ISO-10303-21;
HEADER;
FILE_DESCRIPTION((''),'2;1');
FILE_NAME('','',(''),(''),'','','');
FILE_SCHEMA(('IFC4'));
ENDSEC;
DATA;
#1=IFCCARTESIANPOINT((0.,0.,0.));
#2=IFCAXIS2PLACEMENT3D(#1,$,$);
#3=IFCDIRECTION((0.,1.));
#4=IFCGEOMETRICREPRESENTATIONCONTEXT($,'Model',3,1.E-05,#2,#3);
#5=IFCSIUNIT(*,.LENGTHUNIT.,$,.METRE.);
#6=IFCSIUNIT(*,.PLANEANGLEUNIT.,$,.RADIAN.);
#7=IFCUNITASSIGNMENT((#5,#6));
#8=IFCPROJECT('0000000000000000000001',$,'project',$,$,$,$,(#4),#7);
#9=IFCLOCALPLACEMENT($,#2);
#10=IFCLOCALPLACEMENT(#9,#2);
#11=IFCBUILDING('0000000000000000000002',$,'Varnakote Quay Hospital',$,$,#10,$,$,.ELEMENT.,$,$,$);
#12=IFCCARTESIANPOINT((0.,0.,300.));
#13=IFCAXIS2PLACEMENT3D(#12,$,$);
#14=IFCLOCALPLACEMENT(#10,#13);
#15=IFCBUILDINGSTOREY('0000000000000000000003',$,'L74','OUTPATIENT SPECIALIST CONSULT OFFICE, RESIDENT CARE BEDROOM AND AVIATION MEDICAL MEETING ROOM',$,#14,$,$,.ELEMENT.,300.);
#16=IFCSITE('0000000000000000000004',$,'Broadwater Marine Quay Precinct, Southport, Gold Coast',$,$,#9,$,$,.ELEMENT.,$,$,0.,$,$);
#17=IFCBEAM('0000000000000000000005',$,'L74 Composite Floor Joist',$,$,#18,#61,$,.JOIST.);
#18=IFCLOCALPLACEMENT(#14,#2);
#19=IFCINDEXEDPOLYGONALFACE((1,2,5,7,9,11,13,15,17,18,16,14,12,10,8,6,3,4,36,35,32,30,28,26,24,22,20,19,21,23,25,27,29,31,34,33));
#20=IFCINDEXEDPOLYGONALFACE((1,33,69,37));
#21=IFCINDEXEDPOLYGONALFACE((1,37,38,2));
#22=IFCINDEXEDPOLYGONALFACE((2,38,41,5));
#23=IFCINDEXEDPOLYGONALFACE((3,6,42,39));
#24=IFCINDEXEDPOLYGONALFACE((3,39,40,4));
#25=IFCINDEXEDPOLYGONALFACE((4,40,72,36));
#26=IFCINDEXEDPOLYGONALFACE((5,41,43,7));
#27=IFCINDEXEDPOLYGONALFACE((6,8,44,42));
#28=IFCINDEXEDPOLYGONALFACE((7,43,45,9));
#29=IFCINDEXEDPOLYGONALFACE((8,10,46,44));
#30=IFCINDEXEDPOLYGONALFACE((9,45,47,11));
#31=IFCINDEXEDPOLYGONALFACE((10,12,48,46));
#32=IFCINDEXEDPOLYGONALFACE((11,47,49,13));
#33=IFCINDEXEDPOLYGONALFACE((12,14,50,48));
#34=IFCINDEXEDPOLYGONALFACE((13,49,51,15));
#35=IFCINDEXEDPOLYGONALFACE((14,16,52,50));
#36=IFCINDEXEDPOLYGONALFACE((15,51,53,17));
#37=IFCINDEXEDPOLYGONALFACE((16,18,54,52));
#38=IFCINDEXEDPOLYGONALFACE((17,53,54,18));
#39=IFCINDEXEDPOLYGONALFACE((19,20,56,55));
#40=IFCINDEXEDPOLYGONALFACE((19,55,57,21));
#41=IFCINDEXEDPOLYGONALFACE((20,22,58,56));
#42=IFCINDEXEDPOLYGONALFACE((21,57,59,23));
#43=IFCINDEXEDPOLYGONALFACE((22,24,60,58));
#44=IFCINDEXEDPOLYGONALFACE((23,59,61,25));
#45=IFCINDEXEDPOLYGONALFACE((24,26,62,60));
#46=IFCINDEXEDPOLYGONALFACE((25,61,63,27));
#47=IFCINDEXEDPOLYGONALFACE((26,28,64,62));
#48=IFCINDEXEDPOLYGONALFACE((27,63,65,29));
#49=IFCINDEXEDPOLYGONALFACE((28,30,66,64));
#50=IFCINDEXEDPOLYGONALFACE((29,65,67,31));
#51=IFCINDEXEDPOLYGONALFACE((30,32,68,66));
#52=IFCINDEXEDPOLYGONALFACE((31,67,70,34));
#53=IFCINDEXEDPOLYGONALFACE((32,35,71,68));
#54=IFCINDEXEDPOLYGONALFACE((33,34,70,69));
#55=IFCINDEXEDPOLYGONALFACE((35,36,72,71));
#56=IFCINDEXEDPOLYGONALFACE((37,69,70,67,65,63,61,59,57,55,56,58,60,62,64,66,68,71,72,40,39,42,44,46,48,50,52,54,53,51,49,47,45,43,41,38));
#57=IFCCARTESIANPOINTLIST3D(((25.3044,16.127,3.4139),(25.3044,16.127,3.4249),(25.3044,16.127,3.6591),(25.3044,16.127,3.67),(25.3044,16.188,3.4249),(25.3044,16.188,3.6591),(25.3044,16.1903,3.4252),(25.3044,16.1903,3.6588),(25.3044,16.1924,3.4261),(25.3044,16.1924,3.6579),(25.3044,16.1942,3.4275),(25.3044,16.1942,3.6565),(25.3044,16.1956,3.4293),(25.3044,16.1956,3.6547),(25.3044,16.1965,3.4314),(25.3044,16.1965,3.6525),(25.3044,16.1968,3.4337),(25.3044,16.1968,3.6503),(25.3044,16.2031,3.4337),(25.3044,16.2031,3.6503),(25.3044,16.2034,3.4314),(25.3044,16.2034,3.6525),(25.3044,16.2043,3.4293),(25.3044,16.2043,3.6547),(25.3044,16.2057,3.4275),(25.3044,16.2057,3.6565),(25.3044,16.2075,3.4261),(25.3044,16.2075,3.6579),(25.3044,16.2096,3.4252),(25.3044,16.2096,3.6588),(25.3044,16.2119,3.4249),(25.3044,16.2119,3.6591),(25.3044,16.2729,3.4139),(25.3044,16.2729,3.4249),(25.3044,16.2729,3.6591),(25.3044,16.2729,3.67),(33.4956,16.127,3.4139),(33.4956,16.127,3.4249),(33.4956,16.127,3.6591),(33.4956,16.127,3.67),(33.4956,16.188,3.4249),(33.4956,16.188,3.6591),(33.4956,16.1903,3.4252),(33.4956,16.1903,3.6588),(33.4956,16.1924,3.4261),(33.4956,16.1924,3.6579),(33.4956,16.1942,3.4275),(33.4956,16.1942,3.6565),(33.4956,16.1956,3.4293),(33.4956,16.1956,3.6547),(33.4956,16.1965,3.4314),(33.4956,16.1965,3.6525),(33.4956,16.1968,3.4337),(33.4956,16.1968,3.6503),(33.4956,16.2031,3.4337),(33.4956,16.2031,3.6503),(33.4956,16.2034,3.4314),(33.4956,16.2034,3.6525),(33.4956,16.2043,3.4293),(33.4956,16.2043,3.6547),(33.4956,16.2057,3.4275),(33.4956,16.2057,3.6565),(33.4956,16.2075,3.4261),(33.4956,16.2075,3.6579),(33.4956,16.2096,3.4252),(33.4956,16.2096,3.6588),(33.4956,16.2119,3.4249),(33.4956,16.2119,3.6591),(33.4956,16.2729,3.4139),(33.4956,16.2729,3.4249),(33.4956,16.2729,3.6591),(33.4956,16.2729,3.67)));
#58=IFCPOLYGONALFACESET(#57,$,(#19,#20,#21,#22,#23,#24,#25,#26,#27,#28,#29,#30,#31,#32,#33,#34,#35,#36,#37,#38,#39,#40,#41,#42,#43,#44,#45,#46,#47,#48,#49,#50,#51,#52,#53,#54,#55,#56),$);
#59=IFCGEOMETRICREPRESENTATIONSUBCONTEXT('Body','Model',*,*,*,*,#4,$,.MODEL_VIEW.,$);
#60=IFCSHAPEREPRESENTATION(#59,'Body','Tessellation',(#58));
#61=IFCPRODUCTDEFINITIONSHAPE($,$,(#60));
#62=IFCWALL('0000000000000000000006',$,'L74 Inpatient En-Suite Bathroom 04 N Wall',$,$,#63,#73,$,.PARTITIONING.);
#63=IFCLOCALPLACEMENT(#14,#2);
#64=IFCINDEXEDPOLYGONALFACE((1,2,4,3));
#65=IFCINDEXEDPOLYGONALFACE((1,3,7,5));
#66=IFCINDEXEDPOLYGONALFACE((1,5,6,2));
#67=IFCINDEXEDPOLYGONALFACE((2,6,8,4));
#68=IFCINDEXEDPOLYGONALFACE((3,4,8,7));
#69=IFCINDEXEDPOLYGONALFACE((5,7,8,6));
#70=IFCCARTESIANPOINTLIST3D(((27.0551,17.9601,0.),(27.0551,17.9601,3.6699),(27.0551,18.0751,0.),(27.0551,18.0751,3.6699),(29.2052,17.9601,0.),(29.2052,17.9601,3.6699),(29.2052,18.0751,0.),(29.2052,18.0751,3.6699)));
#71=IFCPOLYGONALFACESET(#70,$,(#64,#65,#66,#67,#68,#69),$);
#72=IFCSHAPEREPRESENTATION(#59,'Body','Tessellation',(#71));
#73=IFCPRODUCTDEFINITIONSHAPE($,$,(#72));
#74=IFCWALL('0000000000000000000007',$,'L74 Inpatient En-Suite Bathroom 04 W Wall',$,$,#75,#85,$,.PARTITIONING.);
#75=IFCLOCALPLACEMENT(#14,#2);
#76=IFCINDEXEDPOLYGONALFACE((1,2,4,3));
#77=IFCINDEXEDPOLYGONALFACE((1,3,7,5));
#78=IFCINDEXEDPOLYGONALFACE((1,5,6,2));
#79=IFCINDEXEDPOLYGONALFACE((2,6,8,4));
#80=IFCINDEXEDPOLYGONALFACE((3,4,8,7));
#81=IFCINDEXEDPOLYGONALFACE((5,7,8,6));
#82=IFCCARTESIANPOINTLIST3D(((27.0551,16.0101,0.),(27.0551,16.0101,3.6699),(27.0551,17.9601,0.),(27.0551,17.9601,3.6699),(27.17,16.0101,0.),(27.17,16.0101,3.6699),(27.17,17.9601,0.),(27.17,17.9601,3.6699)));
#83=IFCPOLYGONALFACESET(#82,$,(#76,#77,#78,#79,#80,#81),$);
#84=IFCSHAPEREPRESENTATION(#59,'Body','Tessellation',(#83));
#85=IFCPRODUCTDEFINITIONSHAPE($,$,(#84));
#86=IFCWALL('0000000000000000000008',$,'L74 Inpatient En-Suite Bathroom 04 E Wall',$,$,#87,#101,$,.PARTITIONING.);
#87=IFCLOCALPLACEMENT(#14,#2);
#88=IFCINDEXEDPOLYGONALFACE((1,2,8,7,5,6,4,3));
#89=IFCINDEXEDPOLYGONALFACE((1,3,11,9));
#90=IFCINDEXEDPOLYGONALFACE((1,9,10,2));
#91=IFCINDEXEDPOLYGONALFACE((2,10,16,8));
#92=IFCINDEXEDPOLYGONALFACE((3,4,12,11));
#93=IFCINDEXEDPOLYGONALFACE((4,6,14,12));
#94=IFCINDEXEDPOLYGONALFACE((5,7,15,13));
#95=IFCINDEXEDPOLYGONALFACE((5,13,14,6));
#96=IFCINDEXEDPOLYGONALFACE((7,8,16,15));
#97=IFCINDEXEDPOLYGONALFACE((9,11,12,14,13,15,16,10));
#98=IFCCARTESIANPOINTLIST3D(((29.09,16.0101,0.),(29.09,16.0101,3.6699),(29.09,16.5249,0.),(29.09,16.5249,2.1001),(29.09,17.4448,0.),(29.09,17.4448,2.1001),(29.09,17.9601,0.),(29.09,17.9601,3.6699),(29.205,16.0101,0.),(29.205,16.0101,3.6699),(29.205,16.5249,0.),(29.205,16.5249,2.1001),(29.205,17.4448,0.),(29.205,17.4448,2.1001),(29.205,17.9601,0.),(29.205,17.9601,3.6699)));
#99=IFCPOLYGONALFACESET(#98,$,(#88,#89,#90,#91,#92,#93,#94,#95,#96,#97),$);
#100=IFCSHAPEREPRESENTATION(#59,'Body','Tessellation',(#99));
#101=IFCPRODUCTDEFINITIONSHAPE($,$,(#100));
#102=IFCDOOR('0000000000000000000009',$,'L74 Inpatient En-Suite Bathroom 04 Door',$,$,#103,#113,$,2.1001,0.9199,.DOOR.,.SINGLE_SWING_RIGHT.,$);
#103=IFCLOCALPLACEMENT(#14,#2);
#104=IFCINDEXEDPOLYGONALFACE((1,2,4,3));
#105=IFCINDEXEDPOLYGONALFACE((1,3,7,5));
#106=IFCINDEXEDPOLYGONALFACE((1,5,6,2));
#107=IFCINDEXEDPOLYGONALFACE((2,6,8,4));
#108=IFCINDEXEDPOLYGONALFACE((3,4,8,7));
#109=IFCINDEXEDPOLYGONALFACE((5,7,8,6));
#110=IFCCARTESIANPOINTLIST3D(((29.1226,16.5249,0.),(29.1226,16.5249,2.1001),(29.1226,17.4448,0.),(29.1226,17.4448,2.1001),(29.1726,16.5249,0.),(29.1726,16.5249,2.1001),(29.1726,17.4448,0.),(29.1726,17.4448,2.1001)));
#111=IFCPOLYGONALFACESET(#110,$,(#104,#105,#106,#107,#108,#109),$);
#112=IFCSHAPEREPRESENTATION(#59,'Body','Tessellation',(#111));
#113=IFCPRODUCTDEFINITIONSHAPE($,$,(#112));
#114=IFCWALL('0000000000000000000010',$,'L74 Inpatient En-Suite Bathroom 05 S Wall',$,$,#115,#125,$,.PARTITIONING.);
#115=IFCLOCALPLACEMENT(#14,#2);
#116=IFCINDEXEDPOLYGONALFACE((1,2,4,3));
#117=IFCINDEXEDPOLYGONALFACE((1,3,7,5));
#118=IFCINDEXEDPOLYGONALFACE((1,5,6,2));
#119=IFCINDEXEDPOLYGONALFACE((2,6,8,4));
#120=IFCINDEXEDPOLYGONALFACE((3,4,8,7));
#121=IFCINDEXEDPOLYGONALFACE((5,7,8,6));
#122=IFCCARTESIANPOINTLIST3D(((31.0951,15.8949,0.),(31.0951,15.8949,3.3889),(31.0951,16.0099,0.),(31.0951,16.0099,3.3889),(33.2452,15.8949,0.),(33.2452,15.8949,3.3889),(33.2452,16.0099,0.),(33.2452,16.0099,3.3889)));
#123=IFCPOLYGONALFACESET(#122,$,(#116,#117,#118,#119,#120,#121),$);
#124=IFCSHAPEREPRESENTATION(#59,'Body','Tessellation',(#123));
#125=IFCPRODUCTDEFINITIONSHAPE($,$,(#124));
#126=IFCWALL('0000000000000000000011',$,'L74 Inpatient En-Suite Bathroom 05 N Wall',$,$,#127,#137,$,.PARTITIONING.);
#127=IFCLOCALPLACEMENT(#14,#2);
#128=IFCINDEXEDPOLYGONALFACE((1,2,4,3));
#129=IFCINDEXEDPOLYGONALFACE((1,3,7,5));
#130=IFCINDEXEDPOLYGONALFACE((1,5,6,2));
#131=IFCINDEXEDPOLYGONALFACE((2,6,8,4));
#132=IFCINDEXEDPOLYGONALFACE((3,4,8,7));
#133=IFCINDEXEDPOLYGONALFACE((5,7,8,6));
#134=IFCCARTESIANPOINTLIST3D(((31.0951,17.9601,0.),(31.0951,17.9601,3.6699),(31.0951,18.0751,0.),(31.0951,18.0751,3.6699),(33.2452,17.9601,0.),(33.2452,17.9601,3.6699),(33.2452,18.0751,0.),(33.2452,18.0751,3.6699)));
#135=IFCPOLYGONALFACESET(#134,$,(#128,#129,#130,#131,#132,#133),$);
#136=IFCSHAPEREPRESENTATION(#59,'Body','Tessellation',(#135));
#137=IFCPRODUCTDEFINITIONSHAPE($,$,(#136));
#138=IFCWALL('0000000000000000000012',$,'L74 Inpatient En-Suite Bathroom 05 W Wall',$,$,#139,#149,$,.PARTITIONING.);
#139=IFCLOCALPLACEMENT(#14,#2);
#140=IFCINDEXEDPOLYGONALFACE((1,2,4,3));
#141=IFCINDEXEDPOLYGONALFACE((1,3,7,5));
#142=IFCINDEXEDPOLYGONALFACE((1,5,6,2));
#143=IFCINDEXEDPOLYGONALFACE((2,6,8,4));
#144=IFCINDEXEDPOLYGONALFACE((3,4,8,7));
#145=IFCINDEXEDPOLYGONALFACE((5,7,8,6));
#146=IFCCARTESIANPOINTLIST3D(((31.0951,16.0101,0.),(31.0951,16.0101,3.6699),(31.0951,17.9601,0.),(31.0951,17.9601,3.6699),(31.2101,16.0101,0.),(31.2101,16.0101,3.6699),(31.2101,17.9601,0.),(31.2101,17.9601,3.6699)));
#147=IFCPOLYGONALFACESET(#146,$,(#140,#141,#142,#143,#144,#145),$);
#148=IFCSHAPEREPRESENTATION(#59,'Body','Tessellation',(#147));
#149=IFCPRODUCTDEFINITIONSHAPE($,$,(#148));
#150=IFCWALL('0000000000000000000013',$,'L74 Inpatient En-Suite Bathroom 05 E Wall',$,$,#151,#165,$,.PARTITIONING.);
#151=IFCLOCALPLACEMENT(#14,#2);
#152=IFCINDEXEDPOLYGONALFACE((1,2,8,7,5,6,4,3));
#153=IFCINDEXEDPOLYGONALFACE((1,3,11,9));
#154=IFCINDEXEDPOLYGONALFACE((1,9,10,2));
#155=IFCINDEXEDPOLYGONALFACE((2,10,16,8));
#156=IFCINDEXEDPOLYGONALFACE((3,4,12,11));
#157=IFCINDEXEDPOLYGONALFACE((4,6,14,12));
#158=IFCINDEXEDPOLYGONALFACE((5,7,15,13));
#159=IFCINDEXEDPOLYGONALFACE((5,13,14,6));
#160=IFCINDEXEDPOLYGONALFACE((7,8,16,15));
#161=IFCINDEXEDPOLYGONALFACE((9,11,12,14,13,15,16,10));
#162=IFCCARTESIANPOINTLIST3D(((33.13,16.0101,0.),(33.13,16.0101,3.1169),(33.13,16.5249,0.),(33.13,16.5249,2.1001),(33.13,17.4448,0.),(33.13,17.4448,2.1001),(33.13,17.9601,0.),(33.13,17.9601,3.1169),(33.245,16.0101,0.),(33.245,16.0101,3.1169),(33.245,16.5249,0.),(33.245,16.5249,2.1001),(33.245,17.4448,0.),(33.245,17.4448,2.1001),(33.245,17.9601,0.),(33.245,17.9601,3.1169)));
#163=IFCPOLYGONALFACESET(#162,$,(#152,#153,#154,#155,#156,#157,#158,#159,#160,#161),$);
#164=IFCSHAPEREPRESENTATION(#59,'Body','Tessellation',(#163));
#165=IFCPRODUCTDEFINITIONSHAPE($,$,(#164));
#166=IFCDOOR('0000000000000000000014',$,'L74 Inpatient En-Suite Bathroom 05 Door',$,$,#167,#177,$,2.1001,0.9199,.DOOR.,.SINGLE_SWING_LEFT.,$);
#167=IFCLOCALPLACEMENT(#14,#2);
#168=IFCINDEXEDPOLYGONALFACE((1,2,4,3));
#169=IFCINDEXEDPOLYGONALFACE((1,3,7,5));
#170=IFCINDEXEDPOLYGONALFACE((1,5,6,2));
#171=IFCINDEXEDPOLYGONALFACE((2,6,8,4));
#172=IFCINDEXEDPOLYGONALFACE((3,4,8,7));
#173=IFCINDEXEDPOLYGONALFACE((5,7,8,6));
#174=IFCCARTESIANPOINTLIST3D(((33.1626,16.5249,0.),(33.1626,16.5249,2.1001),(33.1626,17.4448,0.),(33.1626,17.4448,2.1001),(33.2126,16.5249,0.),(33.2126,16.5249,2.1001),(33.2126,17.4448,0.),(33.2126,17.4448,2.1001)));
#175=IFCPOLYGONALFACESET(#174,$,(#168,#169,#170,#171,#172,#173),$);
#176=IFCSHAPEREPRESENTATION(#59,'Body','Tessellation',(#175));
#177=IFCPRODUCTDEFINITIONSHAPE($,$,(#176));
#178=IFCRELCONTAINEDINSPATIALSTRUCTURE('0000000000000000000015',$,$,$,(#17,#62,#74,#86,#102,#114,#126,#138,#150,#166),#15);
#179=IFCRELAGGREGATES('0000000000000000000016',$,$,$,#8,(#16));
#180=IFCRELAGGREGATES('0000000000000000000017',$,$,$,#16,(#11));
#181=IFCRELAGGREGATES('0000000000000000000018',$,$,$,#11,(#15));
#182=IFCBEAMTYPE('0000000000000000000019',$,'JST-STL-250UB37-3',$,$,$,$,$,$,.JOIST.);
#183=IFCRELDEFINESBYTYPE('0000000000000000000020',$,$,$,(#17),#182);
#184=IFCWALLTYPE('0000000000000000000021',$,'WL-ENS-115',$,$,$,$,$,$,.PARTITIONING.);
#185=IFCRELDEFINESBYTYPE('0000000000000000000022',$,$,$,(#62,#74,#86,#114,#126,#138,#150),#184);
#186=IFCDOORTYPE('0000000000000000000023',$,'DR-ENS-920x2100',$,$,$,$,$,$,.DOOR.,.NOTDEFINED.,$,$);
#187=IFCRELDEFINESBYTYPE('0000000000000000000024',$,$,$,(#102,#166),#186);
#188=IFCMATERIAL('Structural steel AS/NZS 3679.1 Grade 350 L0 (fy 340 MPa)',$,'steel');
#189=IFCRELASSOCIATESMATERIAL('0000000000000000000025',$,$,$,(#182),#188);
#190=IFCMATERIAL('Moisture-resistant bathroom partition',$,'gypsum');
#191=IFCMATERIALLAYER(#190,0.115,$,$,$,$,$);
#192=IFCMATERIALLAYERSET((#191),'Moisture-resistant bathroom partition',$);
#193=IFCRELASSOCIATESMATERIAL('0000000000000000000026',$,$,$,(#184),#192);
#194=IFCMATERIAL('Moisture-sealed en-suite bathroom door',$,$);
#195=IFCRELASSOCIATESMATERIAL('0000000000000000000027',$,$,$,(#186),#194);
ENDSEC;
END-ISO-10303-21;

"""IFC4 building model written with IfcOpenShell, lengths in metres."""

from ifc_helpers import new_model, si_unit, direction, frame, frame_2d, origin, origin_2d, place, context, subcontext, project, spatial, rectangle, i_section, extrude, material, layer, layer_set, material_profile, profile_set, type_object, element, fill, save


model = new_model("IFC4")

# Units and contexts
model_context = context("Model", 3, precision=1e-05, world=origin(), true_north=direction((0.0, 1.0)))
body_context = subcontext(model_context, "Body", "Model", "MODEL_VIEW")
ifc_project = project(units=[si_unit("LENGTHUNIT", "METRE"), si_unit("PLANEANGLEUNIT", "RADIAN")], contexts=[model_context])

# Site, building, storey
site_placement = place(None, origin())
site = spatial("IfcSite", under=ifc_project, at=site_placement, Name="Broadwater Marine Quay Precinct, Southport, Gold Coast", CompositionType="ELEMENT", RefElevation=0.0)
building_placement = place(site_placement, origin())
building = spatial("IfcBuilding", under=site, at=building_placement, Name="Varnakote Quay Hospital", CompositionType="ELEMENT")
storey_placement = place(building_placement, frame((0.0, 0.0, 300.0)))
storey = spatial("IfcBuildingStorey", under=building, at=storey_placement, Name="L74", Description="OUTPATIENT SPECIALIST CONSULT OFFICE, RESIDENT CARE BEDROOM AND AVIATION MEDICAL MEETING ROOM", CompositionType="ELEMENT", Elevation=300.0)

# Beam
ifc_material_1 = material(Name="Structural steel AS/NZS 3679.1 Grade 350 L0 (fy 340 MPa)", Category="steel")
ifc_material_profile = material_profile(ifc_material_1, i_section(OverallWidth=0.146, OverallDepth=0.2561, WebThickness=0.0063, FlangeThickness=0.011, FilletRadius=0.0088, at=origin_2d()), Name="250UB37.3")
ifc_profile_set = profile_set([ifc_material_profile], Name="Structural steel AS/NZS 3679.1 Grade 350 L0 (fy 340 MPa)")
beam_type = type_object("IfcBeamType", Name="JST-STL-250UB37-3", PredefinedType="JOIST", material=ifc_profile_set)
beam_placement = place(storey_placement, frame((25.3044, 16.2, 3.542), z_axis=(1.0, 0.0, 0.0), x_axis=(0.0, 1.0, 0.0)))
element("IfcBeam", 1, at=beam_placement, inside=storey, type_object=beam_type, Name="L74 Composite Floor Joist", PredefinedType="JOIST", context=body_context, shape_type="SweptSolid", body=[
    extrude(i_section(OverallWidth=0.146, OverallDepth=0.2561, WebThickness=0.0063, FlangeThickness=0.011, FilletRadius=0.0088, at=origin_2d()), origin(), (0.0, 0.0, 1.0), 8.1912),
])

# Walls
ifc_material_2 = material(Name="Moisture-resistant bathroom partition", Category="gypsum")
ifc_layer_1 = layer(ifc_material_2, 0.115)
ifc_layer_set_1 = layer_set([ifc_layer_1], Name="Moisture-resistant bathroom partition")
wall_type_1 = type_object("IfcWallType", Name="WL-ENS-115", PredefinedType="PARTITIONING", material=ifc_layer_set_1)
wall_1_placement = place(storey_placement, frame((27.0549, 18.0176, 0.0), z_axis=(0.0, 0.0, 1.0), x_axis=(1.0, 0.0, 0.0)))
element("IfcWall", 2, at=wall_1_placement, inside=storey, type_object=wall_type_1, Name="L74 Inpatient En-Suite Bathroom 04 N Wall", PredefinedType="PARTITIONING", context=body_context, shape_type="SweptSolid", body=[
    extrude(rectangle(XDim=2.1501, YDim=0.115, at=frame_2d((1.0752, 0.0))), origin(), (0.0, 0.0, 1.0), 3.6699),
])
wall_2_placement = place(storey_placement, frame((27.1125, 16.01, 0.0), z_axis=(0.0, 0.0, 1.0), x_axis=(0.0, 1.0, 0.0)))
element("IfcWall", 3, at=wall_2_placement, inside=storey, type_object=wall_type_1, Name="L74 Inpatient En-Suite Bathroom 04 W Wall", PredefinedType="PARTITIONING", context=body_context, shape_type="SweptSolid", body=[
    extrude(rectangle(XDim=1.95, YDim=0.115, at=frame_2d((0.9751, 0.0))), origin(), (0.0, 0.0, 1.0), 3.6699),
])

# Wall, opening, door
wall_3_placement = place(storey_placement, frame((29.1475, 16.01, 0.0), z_axis=(0.0, 0.0, 1.0), x_axis=(0.0, 1.0, 0.0)))
wall_3 = element("IfcWall", 4, at=wall_3_placement, inside=storey, type_object=wall_type_1, Name="L74 Inpatient En-Suite Bathroom 04 E Wall", PredefinedType="PARTITIONING", context=body_context, shape_type="SweptSolid", body=[
    extrude(rectangle(XDim=1.95, YDim=0.115, at=frame_2d((0.9751, 0.0))), origin(), (0.0, 0.0, 1.0), 3.6699),
])
opening_1_placement = place(wall_3_placement, frame((0.5149, 0.0, 0.0)))
opening_1 = element("IfcOpeningElement", 5, at=opening_1_placement, cuts=wall_3, PredefinedType="OPENING", context=body_context, shape_type="SweptSolid", body=[
    extrude(rectangle(XDim=0.9199, YDim=2.1001, at=frame_2d((0.46, 1.05))), frame((0.0, 0.0674, 0.0), z_axis=(0.0, -1.0, 0.0), x_axis=(1.0, 0.0, 0.0)), (0.0, 0.0, 1.0), 0.135),
])
ifc_material_3 = material(Name="Moisture-sealed en-suite bathroom door")
door_type = type_object("IfcDoorType", Name="DR-ENS-920x2100", OperationType="NOTDEFINED", PredefinedType="DOOR", material=ifc_material_3)
door_1_placement = place(opening_1_placement, origin())
door_1 = element("IfcDoor", 6, at=door_1_placement, inside=storey, type_object=door_type, Name="L74 Inpatient En-Suite Bathroom 04 Door", OperationType="SINGLE_SWING_RIGHT", OverallHeight=2.1001, OverallWidth=0.9199, PredefinedType="DOOR", context=body_context, shape_type="SweptSolid", body=[
    extrude(rectangle(XDim=0.9199, YDim=2.1001, at=frame_2d((0.46, 1.05))), frame((0.0, 0.0249, 0.0), z_axis=(0.0, -1.0, 0.0), x_axis=(1.0, 0.0, 0.0)), (0.0, 0.0, 1.0), 0.05),
])
fill(opening_1, door_1)

# Walls
wall_4_placement = place(storey_placement, frame((31.095, 15.9524, 0.0), z_axis=(0.0, 0.0, 1.0), x_axis=(1.0, 0.0, 0.0)))
element("IfcWall", 7, at=wall_4_placement, inside=storey, type_object=wall_type_1, Name="L74 Inpatient En-Suite Bathroom 05 S Wall", PredefinedType="PARTITIONING", context=body_context, shape_type="SweptSolid", body=[
    extrude(rectangle(XDim=2.1501, YDim=0.115, at=frame_2d((1.0752, 0.0))), origin(), (0.0, 0.0, 1.0), 3.3889),
])
wall_5_placement = place(storey_placement, frame((31.095, 18.0176, 0.0), z_axis=(0.0, 0.0, 1.0), x_axis=(1.0, 0.0, 0.0)))
element("IfcWall", 8, at=wall_5_placement, inside=storey, type_object=wall_type_1, Name="L74 Inpatient En-Suite Bathroom 05 N Wall", PredefinedType="PARTITIONING", context=body_context, shape_type="SweptSolid", body=[
    extrude(rectangle(XDim=2.1501, YDim=0.115, at=frame_2d((1.0752, 0.0))), origin(), (0.0, 0.0, 1.0), 3.6699),
])
wall_6_placement = place(storey_placement, frame((31.1526, 16.01, 0.0), z_axis=(0.0, 0.0, 1.0), x_axis=(0.0, 1.0, 0.0)))
element("IfcWall", 9, at=wall_6_placement, inside=storey, type_object=wall_type_1, Name="L74 Inpatient En-Suite Bathroom 05 W Wall", PredefinedType="PARTITIONING", context=body_context, shape_type="SweptSolid", body=[
    extrude(rectangle(XDim=1.95, YDim=0.115, at=frame_2d((0.9751, 0.0))), origin(), (0.0, 0.0, 1.0), 3.6699),
])

# Wall, opening, door
wall_7_placement = place(storey_placement, frame((33.1875, 16.01, 0.0), z_axis=(0.0, 0.0, 1.0), x_axis=(0.0, 1.0, 0.0)))
wall_7 = element("IfcWall", 10, at=wall_7_placement, inside=storey, type_object=wall_type_1, Name="L74 Inpatient En-Suite Bathroom 05 E Wall", PredefinedType="PARTITIONING", context=body_context, shape_type="SweptSolid", body=[
    extrude(rectangle(XDim=1.95, YDim=0.115, at=frame_2d((0.9751, 0.0))), origin(), (0.0, 0.0, 1.0), 3.1169),
])
opening_2_placement = place(wall_7_placement, frame((0.5149, 0.0, 0.0)))
opening_2 = element("IfcOpeningElement", 11, at=opening_2_placement, cuts=wall_7, PredefinedType="OPENING", context=body_context, shape_type="SweptSolid", body=[
    extrude(rectangle(XDim=0.9199, YDim=2.1001, at=frame_2d((0.46, 1.05))), frame((0.0, 0.0674, 0.0), z_axis=(0.0, -1.0, 0.0), x_axis=(1.0, 0.0, 0.0)), (0.0, 0.0, 1.0), 0.135),
])
door_2_placement = place(opening_2_placement, origin())
door_2 = element("IfcDoor", 12, at=door_2_placement, inside=storey, type_object=door_type, Name="L74 Inpatient En-Suite Bathroom 05 Door", OperationType="SINGLE_SWING_LEFT", OverallHeight=2.1001, OverallWidth=0.9199, PredefinedType="DOOR", context=body_context, shape_type="SweptSolid", body=[
    extrude(rectangle(XDim=0.9199, YDim=2.1001, at=frame_2d((0.46, 1.05))), frame((0.0, 0.0249, 0.0), z_axis=(0.0, -1.0, 0.0), x_axis=(1.0, 0.0, 0.0)), (0.0, 0.0, 1.0), 0.05),
])
fill(opening_2, door_2)

save(model, "model.ifc")
